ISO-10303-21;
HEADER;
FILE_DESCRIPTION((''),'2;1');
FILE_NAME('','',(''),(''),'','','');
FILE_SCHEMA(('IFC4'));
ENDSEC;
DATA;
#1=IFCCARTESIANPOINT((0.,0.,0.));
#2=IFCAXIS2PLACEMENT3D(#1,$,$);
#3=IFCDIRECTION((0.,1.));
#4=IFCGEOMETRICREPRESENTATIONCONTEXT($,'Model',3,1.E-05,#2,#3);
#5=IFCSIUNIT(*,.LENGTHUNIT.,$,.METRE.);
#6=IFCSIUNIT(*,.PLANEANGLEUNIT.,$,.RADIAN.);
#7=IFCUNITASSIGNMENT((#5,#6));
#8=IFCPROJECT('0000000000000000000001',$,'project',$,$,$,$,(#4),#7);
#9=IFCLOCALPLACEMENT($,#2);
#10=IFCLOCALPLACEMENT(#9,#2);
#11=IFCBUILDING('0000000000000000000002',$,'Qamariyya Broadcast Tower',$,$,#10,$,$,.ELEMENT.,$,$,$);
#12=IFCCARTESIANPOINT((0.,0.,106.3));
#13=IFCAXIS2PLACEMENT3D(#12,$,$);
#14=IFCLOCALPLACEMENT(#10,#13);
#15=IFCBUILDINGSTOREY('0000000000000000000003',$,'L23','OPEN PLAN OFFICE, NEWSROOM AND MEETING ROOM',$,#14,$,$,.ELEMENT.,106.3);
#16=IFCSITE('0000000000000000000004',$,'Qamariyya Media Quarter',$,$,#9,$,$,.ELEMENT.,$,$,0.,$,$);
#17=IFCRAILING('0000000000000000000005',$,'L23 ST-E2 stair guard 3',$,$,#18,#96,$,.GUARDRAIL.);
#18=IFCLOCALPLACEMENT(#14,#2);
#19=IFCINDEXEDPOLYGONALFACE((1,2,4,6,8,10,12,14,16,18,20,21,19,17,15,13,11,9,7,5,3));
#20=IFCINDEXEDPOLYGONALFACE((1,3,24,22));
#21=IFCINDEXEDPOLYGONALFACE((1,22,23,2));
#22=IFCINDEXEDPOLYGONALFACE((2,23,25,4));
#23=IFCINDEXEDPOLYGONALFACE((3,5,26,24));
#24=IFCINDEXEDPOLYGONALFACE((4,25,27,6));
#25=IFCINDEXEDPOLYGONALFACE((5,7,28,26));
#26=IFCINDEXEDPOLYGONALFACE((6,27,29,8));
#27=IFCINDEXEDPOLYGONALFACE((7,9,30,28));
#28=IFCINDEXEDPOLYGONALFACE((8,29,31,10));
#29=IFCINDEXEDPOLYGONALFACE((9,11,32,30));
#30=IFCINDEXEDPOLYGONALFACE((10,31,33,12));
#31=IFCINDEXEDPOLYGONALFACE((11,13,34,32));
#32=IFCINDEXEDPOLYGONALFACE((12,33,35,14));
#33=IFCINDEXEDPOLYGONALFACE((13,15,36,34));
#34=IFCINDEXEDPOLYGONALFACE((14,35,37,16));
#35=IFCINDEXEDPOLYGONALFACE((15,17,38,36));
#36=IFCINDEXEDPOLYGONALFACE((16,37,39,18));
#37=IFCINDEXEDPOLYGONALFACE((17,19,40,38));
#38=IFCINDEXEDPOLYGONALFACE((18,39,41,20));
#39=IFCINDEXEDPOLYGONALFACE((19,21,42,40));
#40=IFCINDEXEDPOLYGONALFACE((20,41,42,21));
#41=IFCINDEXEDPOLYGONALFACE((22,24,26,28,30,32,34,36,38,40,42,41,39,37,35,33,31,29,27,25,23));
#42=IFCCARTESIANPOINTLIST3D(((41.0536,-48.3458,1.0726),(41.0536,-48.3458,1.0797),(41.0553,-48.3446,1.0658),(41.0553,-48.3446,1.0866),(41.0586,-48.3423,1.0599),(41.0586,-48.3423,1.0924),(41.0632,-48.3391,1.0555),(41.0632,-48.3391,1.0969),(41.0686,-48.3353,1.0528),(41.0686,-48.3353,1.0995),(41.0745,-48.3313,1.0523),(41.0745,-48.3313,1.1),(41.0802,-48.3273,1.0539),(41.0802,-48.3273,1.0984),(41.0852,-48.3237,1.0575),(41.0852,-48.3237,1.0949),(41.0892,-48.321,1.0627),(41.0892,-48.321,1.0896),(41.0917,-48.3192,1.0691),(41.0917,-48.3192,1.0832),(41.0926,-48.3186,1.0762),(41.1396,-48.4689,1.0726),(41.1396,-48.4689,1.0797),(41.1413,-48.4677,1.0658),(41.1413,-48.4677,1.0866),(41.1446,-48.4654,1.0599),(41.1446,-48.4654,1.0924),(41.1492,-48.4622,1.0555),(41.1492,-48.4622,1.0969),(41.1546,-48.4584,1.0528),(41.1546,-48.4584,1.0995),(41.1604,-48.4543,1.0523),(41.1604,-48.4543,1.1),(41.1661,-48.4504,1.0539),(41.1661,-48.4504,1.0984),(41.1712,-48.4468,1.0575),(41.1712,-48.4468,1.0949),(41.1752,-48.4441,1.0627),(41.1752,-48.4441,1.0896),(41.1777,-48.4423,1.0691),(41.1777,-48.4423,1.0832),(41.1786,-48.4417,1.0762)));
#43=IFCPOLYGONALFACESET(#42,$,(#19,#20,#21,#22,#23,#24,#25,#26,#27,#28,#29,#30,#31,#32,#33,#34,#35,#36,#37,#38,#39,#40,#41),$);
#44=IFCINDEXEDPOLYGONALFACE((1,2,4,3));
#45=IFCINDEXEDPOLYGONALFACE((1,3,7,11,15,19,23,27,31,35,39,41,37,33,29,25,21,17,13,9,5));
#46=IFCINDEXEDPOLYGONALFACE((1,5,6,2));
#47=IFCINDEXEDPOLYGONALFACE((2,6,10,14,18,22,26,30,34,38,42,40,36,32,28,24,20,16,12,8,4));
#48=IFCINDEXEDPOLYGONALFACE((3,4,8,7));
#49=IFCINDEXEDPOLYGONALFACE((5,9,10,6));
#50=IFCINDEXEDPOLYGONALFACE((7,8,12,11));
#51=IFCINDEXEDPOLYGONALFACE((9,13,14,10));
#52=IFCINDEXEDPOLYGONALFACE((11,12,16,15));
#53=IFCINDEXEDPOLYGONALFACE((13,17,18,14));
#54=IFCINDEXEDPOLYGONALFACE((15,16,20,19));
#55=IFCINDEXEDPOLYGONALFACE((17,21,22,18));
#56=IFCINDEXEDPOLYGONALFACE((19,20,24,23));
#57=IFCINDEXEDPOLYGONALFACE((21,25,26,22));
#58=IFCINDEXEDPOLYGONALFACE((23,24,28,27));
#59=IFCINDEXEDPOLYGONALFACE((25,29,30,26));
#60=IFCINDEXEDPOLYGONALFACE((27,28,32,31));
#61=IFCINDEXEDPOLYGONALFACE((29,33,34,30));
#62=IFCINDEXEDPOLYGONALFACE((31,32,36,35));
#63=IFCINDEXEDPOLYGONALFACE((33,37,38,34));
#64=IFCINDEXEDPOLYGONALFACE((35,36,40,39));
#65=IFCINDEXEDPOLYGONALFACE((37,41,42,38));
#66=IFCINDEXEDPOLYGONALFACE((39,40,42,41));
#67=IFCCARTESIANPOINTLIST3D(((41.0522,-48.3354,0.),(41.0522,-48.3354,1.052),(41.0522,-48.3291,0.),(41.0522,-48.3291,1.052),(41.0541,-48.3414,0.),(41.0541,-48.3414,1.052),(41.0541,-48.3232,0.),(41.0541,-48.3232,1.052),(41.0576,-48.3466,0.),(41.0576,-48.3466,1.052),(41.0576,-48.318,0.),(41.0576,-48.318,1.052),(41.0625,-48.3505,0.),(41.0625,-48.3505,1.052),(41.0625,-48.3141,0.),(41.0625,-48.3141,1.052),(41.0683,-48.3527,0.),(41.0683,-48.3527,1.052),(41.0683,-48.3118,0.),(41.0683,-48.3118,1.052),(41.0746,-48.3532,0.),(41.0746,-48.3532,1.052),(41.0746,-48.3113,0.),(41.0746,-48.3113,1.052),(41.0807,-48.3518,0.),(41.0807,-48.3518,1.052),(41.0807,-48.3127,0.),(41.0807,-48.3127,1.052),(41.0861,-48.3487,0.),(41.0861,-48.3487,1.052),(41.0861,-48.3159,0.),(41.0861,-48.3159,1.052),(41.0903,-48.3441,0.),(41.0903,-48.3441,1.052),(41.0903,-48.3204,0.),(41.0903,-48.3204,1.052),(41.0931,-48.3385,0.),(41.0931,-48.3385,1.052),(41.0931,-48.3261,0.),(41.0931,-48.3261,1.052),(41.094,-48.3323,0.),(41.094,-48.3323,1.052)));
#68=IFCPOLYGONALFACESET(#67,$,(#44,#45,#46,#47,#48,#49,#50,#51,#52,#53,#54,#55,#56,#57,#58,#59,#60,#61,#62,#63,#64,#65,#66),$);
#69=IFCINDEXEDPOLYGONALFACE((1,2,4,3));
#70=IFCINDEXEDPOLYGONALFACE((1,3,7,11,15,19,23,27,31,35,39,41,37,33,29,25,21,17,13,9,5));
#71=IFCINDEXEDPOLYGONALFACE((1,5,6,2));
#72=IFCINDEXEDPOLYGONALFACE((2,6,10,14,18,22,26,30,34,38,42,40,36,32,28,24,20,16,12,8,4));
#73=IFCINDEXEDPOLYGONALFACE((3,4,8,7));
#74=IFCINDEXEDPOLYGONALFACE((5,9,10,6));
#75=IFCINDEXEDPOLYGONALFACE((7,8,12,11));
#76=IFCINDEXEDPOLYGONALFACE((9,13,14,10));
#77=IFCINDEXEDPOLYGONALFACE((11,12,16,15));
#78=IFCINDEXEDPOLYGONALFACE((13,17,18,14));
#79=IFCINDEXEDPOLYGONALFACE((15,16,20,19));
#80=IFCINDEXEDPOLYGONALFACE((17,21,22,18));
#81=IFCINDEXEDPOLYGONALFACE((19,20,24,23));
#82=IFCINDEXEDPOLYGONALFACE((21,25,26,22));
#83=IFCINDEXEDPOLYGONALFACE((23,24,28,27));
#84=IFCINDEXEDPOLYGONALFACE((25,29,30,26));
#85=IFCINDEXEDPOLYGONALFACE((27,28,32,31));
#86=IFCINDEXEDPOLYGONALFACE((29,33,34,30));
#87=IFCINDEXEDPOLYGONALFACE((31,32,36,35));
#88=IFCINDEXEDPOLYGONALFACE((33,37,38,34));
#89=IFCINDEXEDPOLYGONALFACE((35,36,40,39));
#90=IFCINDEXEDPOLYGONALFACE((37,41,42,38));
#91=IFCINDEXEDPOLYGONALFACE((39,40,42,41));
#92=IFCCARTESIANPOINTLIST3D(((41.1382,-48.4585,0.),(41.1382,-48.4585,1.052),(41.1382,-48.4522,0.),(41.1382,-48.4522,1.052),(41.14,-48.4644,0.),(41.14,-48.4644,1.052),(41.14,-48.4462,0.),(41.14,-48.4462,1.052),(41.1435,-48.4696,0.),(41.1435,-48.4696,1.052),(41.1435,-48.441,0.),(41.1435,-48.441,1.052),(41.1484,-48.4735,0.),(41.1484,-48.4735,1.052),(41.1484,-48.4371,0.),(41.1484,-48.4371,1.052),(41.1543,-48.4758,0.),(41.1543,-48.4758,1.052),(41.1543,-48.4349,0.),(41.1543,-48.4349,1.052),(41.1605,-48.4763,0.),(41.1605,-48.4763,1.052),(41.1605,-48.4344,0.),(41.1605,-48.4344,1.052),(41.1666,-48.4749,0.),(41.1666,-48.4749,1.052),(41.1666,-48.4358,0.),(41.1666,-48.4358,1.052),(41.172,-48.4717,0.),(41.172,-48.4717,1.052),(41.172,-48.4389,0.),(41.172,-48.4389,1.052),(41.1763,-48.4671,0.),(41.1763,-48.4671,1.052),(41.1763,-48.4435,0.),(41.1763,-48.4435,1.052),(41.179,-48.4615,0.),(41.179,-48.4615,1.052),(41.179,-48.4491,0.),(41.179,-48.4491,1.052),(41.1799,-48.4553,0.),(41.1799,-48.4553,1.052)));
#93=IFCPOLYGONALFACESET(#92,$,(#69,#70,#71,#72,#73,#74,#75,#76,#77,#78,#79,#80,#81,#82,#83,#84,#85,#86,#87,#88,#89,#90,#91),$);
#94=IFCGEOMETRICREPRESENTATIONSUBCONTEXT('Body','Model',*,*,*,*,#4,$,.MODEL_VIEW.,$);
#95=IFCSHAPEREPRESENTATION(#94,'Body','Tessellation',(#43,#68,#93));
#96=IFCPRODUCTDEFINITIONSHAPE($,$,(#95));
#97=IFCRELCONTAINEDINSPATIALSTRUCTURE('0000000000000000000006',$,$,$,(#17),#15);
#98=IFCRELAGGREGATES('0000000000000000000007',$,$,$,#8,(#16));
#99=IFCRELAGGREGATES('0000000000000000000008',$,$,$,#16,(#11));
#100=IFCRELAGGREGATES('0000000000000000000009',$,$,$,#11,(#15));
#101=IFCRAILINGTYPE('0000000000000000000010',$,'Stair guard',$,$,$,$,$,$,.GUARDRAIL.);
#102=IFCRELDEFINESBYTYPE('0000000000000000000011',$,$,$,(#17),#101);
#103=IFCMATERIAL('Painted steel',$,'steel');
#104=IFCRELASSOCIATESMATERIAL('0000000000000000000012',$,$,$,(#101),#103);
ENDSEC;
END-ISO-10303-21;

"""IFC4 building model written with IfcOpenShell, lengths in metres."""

from ifc_helpers import new_model, si_unit, direction, frame, origin, origin_2d, place, context, subcontext, project, spatial, circle, extrude, material, type_object, element, save


model = new_model("IFC4")

# Units and contexts
model_context = context("Model", 3, precision=1e-05, world=origin(), true_north=direction((0.0, 1.0)))
body_context = subcontext(model_context, "Body", "Model", "MODEL_VIEW")
ifc_project = project(units=[si_unit("LENGTHUNIT", "METRE"), si_unit("PLANEANGLEUNIT", "RADIAN")], contexts=[model_context])

# Site, building, storey
site_placement = place(None, origin())
site = spatial("IfcSite", under=ifc_project, at=site_placement, Name="Qamariyya Media Quarter", CompositionType="ELEMENT", RefElevation=0.0)
building_placement = place(site_placement, origin())
building = spatial("IfcBuilding", under=site, at=building_placement, Name="Qamariyya Broadcast Tower", CompositionType="ELEMENT")
storey_placement = place(building_placement, frame((0.0, 0.0, 106.3)))
storey = spatial("IfcBuildingStorey", under=building, at=storey_placement, Name="L23", Description="OPEN PLAN OFFICE, NEWSROOM AND MEETING ROOM", CompositionType="ELEMENT", Elevation=106.3)

# Railing
ifc_material_1 = material(Name="Painted steel", Category="steel")
railing_type_1 = type_object("IfcRailingType", Name="Stair guard", PredefinedType="GUARDRAIL", material=ifc_material_1)
railing_1_placement = place(storey_placement, frame((41.073, -48.3323, 0.0)))
element("IfcRailing", 1, at=railing_1_placement, inside=storey, type_object=railing_type_1, Name="L23 ST-E2 stair guard 3", PredefinedType="GUARDRAIL", context=body_context, shape_type="SweptSolid", body=[
    extrude(circle(Radius=0.0239, at=origin_2d()), frame((0.0, 0.0, 1.0762), z_axis=(0.572589, -0.819843, 0.0), x_axis=(0.819843, 0.572589, 0.0)), (0.0, 0.0, 1.0), 0.1501),
    extrude(circle(Radius=0.021, at=origin_2d()), origin(), (0.0, 0.0, 1.0), 1.052),
    extrude(circle(Radius=0.021, at=origin_2d()), frame((0.0859, -0.123, 0.0)), (0.0, 0.0, 1.0), 1.052),
])

save(model, "model.ifc")
